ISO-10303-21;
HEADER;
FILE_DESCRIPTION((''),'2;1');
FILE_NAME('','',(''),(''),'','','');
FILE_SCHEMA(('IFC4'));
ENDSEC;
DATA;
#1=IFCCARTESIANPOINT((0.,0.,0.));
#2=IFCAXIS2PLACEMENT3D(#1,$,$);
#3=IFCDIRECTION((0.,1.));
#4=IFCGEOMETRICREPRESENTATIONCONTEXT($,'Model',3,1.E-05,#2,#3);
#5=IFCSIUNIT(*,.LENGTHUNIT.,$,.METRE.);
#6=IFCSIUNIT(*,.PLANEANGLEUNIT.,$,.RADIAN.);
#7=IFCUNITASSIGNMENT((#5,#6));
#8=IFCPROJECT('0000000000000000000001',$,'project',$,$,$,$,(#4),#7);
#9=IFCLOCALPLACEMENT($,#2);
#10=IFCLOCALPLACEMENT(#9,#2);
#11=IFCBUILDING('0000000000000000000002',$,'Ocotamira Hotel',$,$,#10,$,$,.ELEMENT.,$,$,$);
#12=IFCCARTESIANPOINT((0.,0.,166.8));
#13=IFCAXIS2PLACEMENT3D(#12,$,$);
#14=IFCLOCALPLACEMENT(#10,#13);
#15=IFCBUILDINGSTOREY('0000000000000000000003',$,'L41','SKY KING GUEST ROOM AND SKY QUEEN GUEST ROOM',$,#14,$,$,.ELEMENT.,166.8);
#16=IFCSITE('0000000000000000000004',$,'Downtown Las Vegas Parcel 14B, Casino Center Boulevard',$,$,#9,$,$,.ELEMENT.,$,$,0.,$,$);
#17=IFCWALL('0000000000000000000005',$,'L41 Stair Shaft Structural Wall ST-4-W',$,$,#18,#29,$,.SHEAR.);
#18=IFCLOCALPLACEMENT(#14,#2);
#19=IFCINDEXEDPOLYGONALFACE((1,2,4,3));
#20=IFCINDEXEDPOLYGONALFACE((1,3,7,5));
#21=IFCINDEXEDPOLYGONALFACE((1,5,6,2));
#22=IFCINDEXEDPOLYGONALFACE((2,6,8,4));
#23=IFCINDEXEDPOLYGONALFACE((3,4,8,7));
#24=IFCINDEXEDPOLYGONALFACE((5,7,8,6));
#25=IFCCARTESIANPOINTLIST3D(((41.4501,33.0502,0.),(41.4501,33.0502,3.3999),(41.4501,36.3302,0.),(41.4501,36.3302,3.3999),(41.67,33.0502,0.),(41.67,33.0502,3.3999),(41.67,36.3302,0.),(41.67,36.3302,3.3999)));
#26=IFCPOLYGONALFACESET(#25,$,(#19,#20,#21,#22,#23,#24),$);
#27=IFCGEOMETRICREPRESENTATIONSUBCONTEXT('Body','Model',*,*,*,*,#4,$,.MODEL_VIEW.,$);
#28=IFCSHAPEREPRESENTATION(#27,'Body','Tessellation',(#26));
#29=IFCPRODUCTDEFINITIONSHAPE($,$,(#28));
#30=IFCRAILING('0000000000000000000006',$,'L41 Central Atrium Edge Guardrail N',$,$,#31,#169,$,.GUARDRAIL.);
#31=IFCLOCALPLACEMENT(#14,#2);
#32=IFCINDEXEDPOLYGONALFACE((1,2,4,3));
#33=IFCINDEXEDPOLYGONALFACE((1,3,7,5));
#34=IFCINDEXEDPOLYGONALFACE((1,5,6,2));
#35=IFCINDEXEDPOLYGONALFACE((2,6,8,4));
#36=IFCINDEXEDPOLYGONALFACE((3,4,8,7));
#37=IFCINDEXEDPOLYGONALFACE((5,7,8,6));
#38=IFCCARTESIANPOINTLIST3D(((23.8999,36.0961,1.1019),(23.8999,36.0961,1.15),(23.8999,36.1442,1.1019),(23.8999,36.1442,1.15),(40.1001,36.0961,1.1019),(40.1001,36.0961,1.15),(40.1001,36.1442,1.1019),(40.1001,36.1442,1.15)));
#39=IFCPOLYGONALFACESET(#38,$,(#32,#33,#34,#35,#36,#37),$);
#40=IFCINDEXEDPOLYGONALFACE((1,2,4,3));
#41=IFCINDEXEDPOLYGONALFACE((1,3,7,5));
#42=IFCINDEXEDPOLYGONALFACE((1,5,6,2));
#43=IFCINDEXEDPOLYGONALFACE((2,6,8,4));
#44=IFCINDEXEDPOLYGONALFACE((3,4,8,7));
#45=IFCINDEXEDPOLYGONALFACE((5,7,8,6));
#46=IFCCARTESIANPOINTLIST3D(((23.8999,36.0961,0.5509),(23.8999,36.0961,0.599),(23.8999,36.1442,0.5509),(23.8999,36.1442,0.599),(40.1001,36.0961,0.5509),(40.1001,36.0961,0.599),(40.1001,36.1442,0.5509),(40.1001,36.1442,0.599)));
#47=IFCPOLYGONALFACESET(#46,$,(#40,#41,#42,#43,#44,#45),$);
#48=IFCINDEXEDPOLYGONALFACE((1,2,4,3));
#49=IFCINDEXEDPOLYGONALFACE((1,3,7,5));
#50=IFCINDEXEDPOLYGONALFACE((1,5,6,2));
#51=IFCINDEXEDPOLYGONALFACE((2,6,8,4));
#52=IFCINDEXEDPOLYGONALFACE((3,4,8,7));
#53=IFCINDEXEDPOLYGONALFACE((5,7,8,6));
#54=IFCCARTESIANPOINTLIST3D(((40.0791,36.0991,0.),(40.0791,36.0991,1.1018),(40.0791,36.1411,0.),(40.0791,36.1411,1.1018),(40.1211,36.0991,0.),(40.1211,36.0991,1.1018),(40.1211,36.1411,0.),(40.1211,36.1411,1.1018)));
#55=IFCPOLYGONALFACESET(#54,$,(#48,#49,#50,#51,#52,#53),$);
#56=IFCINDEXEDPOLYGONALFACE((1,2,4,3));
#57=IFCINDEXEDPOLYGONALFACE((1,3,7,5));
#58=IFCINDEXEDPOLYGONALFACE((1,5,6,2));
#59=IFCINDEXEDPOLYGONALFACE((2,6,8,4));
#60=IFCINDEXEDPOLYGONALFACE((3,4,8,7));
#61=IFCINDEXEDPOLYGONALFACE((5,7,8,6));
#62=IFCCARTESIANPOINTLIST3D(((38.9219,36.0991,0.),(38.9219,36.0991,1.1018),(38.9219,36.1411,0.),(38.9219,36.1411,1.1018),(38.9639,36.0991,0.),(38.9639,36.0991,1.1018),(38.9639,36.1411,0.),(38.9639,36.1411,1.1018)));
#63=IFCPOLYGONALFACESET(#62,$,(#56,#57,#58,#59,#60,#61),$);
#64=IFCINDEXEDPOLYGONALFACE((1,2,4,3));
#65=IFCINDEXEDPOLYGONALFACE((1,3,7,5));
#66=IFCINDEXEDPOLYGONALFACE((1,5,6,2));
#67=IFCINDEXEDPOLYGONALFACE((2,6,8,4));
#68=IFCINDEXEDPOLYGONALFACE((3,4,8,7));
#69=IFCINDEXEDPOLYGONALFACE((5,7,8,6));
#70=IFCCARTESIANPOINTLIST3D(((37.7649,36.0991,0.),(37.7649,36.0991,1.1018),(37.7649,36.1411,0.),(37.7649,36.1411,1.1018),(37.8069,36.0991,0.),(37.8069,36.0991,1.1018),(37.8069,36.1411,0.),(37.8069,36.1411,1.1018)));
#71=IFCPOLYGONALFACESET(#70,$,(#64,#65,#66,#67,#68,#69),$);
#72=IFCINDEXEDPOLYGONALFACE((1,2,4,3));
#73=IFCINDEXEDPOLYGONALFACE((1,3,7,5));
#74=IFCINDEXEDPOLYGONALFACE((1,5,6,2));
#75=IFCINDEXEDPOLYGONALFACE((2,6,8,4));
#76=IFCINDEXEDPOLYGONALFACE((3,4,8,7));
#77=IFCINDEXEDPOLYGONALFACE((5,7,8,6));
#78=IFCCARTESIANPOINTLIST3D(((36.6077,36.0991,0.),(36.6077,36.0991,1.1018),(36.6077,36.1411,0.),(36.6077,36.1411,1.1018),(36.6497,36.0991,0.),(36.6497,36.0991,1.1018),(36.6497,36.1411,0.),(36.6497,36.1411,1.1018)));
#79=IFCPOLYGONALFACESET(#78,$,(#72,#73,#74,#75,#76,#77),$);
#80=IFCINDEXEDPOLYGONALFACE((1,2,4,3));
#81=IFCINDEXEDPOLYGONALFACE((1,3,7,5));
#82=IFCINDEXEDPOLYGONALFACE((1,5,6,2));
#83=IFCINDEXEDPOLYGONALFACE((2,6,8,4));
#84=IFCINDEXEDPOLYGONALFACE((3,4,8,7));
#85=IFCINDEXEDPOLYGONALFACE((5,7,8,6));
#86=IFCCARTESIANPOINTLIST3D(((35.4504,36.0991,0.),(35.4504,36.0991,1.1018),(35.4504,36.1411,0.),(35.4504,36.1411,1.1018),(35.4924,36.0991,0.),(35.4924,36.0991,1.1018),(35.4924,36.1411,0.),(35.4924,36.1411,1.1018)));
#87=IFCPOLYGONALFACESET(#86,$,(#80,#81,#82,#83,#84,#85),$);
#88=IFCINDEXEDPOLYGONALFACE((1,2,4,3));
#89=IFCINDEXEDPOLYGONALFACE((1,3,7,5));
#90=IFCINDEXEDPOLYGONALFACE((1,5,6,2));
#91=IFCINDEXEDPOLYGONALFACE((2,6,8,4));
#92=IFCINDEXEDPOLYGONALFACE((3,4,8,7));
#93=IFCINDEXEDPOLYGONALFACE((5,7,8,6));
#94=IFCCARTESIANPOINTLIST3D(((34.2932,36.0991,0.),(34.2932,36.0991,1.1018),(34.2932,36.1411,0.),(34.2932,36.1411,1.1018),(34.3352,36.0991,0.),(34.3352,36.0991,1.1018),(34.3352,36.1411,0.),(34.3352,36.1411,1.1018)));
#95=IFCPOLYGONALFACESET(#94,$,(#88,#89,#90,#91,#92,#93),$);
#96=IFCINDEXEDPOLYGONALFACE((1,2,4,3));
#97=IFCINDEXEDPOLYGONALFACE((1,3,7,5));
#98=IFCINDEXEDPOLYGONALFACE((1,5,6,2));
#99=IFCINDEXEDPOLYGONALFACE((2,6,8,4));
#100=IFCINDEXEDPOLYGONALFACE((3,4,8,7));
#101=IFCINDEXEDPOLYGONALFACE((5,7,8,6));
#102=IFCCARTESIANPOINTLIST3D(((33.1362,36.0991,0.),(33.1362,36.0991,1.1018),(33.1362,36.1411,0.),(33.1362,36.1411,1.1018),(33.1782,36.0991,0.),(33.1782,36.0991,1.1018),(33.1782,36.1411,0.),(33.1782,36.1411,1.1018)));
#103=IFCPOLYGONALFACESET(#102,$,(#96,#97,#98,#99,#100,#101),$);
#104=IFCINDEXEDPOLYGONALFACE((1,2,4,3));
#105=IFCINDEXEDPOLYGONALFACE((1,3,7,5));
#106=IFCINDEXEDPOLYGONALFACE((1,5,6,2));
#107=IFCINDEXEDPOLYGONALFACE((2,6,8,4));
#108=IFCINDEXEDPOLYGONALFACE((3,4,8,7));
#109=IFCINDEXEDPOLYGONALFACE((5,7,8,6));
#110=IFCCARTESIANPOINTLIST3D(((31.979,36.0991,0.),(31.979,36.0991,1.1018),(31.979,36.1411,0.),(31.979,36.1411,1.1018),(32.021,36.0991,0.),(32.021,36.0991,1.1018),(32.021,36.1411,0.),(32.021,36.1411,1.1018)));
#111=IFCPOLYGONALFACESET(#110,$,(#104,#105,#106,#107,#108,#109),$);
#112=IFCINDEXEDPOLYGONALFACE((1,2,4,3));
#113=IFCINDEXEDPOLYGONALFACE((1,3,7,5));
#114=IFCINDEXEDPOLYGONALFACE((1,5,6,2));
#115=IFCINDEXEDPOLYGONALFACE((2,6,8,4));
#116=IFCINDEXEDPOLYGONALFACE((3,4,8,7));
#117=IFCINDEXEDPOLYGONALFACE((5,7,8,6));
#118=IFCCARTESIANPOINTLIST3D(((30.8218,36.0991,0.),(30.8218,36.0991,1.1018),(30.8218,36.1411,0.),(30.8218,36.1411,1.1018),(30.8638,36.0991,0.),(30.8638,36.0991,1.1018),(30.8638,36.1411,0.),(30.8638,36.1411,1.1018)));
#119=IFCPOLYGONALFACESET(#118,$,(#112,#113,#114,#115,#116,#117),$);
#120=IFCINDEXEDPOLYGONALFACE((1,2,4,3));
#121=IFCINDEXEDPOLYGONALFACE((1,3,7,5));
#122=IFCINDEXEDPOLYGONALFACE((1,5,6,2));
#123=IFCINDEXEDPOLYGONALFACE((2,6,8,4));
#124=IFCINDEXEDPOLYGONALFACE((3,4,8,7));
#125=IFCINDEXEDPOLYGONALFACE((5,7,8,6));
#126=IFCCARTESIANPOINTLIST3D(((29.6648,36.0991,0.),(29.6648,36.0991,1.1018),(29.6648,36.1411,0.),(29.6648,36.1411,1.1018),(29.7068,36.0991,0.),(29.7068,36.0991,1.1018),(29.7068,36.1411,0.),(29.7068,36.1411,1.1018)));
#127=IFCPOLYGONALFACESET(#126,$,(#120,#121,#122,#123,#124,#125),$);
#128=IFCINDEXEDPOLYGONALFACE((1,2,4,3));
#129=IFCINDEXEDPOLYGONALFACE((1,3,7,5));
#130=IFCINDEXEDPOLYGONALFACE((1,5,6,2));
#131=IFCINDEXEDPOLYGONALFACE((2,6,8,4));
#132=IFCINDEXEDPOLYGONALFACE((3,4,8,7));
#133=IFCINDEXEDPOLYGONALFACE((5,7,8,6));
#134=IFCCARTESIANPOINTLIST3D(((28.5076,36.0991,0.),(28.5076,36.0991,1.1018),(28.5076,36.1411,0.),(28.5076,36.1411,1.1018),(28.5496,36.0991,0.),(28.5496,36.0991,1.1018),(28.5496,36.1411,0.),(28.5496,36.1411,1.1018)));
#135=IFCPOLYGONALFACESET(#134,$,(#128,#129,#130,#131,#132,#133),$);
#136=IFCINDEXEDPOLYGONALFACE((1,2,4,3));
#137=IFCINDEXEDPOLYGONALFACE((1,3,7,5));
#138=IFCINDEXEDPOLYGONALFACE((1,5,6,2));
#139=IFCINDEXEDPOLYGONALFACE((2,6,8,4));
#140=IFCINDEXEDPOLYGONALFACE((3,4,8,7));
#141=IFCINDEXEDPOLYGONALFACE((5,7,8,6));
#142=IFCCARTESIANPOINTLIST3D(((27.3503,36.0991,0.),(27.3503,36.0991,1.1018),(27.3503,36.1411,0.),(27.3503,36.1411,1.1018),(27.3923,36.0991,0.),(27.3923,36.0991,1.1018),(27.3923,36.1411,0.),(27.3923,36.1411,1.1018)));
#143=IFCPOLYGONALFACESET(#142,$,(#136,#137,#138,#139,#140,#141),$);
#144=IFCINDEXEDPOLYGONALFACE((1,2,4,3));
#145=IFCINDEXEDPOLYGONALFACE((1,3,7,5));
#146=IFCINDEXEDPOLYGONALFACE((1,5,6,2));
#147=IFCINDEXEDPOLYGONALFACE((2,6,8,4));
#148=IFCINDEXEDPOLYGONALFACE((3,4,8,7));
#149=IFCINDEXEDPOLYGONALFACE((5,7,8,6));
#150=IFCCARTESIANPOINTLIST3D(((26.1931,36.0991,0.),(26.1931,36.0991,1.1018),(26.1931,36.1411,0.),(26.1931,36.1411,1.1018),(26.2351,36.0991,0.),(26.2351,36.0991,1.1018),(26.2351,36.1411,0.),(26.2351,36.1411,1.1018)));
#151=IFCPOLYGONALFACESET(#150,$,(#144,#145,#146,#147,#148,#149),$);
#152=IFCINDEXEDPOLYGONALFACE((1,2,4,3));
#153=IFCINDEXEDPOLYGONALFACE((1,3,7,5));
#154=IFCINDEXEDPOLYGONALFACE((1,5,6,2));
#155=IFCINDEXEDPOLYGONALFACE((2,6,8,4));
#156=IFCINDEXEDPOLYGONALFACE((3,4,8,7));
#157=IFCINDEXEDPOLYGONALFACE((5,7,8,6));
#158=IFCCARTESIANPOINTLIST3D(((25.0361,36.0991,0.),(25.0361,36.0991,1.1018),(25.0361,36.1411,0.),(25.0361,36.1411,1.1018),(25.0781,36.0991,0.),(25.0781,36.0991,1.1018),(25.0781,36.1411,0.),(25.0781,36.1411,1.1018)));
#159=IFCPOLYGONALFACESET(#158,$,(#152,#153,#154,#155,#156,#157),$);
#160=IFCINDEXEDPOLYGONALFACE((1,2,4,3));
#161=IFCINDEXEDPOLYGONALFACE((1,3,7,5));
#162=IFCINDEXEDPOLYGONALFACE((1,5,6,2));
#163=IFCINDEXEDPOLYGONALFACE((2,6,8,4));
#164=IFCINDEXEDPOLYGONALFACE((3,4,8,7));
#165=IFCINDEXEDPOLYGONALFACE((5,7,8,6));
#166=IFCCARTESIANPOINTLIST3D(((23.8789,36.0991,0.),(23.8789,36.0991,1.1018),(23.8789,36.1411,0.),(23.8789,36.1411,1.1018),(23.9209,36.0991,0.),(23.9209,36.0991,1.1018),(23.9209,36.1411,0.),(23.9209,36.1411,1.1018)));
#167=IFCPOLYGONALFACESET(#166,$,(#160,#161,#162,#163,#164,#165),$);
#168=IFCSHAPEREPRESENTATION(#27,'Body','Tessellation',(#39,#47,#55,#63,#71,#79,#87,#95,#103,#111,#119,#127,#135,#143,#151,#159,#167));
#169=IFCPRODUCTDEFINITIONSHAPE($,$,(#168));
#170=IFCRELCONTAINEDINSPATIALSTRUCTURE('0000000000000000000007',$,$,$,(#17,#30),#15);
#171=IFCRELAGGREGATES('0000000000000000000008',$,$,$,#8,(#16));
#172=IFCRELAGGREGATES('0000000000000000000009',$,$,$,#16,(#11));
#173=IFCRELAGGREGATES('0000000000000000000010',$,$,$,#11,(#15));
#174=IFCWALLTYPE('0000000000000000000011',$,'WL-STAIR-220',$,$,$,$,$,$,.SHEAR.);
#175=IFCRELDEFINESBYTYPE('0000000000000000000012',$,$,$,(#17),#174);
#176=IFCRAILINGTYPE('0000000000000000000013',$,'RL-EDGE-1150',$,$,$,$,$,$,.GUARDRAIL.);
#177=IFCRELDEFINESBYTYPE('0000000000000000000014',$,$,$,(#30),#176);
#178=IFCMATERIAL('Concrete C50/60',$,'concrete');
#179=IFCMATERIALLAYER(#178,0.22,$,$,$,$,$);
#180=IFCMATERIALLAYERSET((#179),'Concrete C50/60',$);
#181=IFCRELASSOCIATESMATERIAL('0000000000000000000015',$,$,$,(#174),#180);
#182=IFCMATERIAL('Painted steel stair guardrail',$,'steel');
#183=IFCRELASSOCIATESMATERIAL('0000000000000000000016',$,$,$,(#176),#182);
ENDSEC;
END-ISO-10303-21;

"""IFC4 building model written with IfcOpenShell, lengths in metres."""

from ifc_helpers import new_model, si_unit, direction, frame, frame_2d, origin, origin_2d, place, context, subcontext, project, spatial, rectangle, extrude, material, layer, layer_set, type_object, element, save


model = new_model("IFC4")

# Units and contexts
model_context = context("Model", 3, precision=1e-05, world=origin(), true_north=direction((0.0, 1.0)))
body_context = subcontext(model_context, "Body", "Model", "MODEL_VIEW")
ifc_project = project(units=[si_unit("LENGTHUNIT", "METRE"), si_unit("PLANEANGLEUNIT", "RADIAN")], contexts=[model_context])

# Site, building, storey
site_placement = place(None, origin())
site = spatial("IfcSite", under=ifc_project, at=site_placement, Name="Downtown Las Vegas Parcel 14B, Casino Center Boulevard", CompositionType="ELEMENT", RefElevation=0.0)
building_placement = place(site_placement, origin())
building = spatial("IfcBuilding", under=site, at=building_placement, Name="Ocotamira Hotel", CompositionType="ELEMENT")
storey_placement = place(building_placement, frame((0.0, 0.0, 166.8)))
storey = spatial("IfcBuildingStorey", under=building, at=storey_placement, Name="L41", Description="SKY KING GUEST ROOM AND SKY QUEEN GUEST ROOM", CompositionType="ELEMENT", Elevation=166.8)

# Shared definitions
ifc_material_1 = material(Name="Concrete C50/60", Category="concrete")

# Shared definitions
ifc_layer_1 = layer(ifc_material_1, 0.22)
ifc_layer_set_1 = layer_set([ifc_layer_1], Name="Concrete C50/60")
wall_type_1 = type_object("IfcWallType", Name="WL-STAIR-220", PredefinedType="SHEAR", material=ifc_layer_set_1)

# Wall
wall_1_placement = place(storey_placement, frame((41.5601, 33.05, 0.0), z_axis=(0.0, 0.0, 1.0), x_axis=(0.0, 1.0, 0.0)))
element("IfcWall", 1, at=wall_1_placement, inside=storey, type_object=wall_type_1, Name="L41 Stair Shaft Structural Wall ST-4-W", PredefinedType="SHEAR", context=body_context, shape_type="SweptSolid", body=[
    extrude(rectangle(XDim=3.28, YDim=0.22, at=frame_2d((1.6401, 0.0))), origin(), (0.0, 0.0, 1.0), 3.3999),
])

# Railing
ifc_material_2 = material(Name="Painted steel stair guardrail", Category="steel")
railing_type = type_object("IfcRailingType", Name="RL-EDGE-1150", PredefinedType="GUARDRAIL", material=ifc_material_2)
railing_placement = place(storey_placement, frame((40.1001, 36.1201, 0.0)))
element("IfcRailing", 2, at=railing_placement, inside=storey, type_object=railing_type, Name="L41 Central Atrium Edge Guardrail N", PredefinedType="GUARDRAIL", context=body_context, shape_type="SweptSolid", body=[
    extrude(rectangle(XDim=0.0481, YDim=0.0481, at=origin_2d()), frame((0.0, 0.0, 1.126), z_axis=(-1.0, 0.0, 0.0), x_axis=(0.0, -1.0, 0.0)), (0.0, 0.0, 1.0), 16.2002),
    extrude(rectangle(XDim=0.0481, YDim=0.0481, at=origin_2d()), frame((0.0, 0.0, 0.575), z_axis=(-1.0, 0.0, 0.0), x_axis=(0.0, -1.0, 0.0)), (0.0, 0.0, 1.0), 16.2002),
    extrude(rectangle(XDim=0.042, YDim=0.042, at=origin_2d()), origin(), (0.0, 0.0, 1.0), 1.1018),
    extrude(rectangle(XDim=0.042, YDim=0.042, at=origin_2d()), frame((-1.1572, 0.0, 0.0)), (0.0, 0.0, 1.0), 1.1018),
    extrude(rectangle(XDim=0.042, YDim=0.042, at=origin_2d()), frame((-2.3142, 0.0, 0.0)), (0.0, 0.0, 1.0), 1.1018),
    extrude(rectangle(XDim=0.042, YDim=0.042, at=origin_2d()), frame((-3.4714, 0.0, 0.0)), (0.0, 0.0, 1.0), 1.1018),
    extrude(rectangle(XDim=0.042, YDim=0.042, at=origin_2d()), frame((-4.6287, 0.0, 0.0)), (0.0, 0.0, 1.0), 1.1018),
    extrude(rectangle(XDim=0.042, YDim=0.042, at=origin_2d()), frame((-5.7859, 0.0, 0.0)), (0.0, 0.0, 1.0), 1.1018),
    extrude(rectangle(XDim=0.042, YDim=0.042, at=origin_2d()), frame((-6.9429, 0.0, 0.0)), (0.0, 0.0, 1.0), 1.1018),
    extrude(rectangle(XDim=0.042, YDim=0.042, at=origin_2d()), frame((-8.1001, 0.0, 0.0)), (0.0, 0.0, 1.0), 1.1018),
    extrude(rectangle(XDim=0.042, YDim=0.042, at=origin_2d()), frame((-9.2573, 0.0, 0.0)), (0.0, 0.0, 1.0), 1.1018),
    extrude(rectangle(XDim=0.042, YDim=0.042, at=origin_2d()), frame((-10.4143, 0.0, 0.0)), (0.0, 0.0, 1.0), 1.1018),
    extrude(rectangle(XDim=0.042, YDim=0.042, at=origin_2d()), frame((-11.5715, 0.0, 0.0)), (0.0, 0.0, 1.0), 1.1018),
    extrude(rectangle(XDim=0.042, YDim=0.042, at=origin_2d()), frame((-12.7288, 0.0, 0.0)), (0.0, 0.0, 1.0), 1.1018),
    extrude(rectangle(XDim=0.042, YDim=0.042, at=origin_2d()), frame((-13.886, 0.0, 0.0)), (0.0, 0.0, 1.0), 1.1018),
    extrude(rectangle(XDim=0.042, YDim=0.042, at=origin_2d()), frame((-15.043, 0.0, 0.0)), (0.0, 0.0, 1.0), 1.1018),
    extrude(rectangle(XDim=0.042, YDim=0.042, at=origin_2d()), frame((-16.2002, 0.0, 0.0)), (0.0, 0.0, 1.0), 1.1018),
])

save(model, "model.ifc")
